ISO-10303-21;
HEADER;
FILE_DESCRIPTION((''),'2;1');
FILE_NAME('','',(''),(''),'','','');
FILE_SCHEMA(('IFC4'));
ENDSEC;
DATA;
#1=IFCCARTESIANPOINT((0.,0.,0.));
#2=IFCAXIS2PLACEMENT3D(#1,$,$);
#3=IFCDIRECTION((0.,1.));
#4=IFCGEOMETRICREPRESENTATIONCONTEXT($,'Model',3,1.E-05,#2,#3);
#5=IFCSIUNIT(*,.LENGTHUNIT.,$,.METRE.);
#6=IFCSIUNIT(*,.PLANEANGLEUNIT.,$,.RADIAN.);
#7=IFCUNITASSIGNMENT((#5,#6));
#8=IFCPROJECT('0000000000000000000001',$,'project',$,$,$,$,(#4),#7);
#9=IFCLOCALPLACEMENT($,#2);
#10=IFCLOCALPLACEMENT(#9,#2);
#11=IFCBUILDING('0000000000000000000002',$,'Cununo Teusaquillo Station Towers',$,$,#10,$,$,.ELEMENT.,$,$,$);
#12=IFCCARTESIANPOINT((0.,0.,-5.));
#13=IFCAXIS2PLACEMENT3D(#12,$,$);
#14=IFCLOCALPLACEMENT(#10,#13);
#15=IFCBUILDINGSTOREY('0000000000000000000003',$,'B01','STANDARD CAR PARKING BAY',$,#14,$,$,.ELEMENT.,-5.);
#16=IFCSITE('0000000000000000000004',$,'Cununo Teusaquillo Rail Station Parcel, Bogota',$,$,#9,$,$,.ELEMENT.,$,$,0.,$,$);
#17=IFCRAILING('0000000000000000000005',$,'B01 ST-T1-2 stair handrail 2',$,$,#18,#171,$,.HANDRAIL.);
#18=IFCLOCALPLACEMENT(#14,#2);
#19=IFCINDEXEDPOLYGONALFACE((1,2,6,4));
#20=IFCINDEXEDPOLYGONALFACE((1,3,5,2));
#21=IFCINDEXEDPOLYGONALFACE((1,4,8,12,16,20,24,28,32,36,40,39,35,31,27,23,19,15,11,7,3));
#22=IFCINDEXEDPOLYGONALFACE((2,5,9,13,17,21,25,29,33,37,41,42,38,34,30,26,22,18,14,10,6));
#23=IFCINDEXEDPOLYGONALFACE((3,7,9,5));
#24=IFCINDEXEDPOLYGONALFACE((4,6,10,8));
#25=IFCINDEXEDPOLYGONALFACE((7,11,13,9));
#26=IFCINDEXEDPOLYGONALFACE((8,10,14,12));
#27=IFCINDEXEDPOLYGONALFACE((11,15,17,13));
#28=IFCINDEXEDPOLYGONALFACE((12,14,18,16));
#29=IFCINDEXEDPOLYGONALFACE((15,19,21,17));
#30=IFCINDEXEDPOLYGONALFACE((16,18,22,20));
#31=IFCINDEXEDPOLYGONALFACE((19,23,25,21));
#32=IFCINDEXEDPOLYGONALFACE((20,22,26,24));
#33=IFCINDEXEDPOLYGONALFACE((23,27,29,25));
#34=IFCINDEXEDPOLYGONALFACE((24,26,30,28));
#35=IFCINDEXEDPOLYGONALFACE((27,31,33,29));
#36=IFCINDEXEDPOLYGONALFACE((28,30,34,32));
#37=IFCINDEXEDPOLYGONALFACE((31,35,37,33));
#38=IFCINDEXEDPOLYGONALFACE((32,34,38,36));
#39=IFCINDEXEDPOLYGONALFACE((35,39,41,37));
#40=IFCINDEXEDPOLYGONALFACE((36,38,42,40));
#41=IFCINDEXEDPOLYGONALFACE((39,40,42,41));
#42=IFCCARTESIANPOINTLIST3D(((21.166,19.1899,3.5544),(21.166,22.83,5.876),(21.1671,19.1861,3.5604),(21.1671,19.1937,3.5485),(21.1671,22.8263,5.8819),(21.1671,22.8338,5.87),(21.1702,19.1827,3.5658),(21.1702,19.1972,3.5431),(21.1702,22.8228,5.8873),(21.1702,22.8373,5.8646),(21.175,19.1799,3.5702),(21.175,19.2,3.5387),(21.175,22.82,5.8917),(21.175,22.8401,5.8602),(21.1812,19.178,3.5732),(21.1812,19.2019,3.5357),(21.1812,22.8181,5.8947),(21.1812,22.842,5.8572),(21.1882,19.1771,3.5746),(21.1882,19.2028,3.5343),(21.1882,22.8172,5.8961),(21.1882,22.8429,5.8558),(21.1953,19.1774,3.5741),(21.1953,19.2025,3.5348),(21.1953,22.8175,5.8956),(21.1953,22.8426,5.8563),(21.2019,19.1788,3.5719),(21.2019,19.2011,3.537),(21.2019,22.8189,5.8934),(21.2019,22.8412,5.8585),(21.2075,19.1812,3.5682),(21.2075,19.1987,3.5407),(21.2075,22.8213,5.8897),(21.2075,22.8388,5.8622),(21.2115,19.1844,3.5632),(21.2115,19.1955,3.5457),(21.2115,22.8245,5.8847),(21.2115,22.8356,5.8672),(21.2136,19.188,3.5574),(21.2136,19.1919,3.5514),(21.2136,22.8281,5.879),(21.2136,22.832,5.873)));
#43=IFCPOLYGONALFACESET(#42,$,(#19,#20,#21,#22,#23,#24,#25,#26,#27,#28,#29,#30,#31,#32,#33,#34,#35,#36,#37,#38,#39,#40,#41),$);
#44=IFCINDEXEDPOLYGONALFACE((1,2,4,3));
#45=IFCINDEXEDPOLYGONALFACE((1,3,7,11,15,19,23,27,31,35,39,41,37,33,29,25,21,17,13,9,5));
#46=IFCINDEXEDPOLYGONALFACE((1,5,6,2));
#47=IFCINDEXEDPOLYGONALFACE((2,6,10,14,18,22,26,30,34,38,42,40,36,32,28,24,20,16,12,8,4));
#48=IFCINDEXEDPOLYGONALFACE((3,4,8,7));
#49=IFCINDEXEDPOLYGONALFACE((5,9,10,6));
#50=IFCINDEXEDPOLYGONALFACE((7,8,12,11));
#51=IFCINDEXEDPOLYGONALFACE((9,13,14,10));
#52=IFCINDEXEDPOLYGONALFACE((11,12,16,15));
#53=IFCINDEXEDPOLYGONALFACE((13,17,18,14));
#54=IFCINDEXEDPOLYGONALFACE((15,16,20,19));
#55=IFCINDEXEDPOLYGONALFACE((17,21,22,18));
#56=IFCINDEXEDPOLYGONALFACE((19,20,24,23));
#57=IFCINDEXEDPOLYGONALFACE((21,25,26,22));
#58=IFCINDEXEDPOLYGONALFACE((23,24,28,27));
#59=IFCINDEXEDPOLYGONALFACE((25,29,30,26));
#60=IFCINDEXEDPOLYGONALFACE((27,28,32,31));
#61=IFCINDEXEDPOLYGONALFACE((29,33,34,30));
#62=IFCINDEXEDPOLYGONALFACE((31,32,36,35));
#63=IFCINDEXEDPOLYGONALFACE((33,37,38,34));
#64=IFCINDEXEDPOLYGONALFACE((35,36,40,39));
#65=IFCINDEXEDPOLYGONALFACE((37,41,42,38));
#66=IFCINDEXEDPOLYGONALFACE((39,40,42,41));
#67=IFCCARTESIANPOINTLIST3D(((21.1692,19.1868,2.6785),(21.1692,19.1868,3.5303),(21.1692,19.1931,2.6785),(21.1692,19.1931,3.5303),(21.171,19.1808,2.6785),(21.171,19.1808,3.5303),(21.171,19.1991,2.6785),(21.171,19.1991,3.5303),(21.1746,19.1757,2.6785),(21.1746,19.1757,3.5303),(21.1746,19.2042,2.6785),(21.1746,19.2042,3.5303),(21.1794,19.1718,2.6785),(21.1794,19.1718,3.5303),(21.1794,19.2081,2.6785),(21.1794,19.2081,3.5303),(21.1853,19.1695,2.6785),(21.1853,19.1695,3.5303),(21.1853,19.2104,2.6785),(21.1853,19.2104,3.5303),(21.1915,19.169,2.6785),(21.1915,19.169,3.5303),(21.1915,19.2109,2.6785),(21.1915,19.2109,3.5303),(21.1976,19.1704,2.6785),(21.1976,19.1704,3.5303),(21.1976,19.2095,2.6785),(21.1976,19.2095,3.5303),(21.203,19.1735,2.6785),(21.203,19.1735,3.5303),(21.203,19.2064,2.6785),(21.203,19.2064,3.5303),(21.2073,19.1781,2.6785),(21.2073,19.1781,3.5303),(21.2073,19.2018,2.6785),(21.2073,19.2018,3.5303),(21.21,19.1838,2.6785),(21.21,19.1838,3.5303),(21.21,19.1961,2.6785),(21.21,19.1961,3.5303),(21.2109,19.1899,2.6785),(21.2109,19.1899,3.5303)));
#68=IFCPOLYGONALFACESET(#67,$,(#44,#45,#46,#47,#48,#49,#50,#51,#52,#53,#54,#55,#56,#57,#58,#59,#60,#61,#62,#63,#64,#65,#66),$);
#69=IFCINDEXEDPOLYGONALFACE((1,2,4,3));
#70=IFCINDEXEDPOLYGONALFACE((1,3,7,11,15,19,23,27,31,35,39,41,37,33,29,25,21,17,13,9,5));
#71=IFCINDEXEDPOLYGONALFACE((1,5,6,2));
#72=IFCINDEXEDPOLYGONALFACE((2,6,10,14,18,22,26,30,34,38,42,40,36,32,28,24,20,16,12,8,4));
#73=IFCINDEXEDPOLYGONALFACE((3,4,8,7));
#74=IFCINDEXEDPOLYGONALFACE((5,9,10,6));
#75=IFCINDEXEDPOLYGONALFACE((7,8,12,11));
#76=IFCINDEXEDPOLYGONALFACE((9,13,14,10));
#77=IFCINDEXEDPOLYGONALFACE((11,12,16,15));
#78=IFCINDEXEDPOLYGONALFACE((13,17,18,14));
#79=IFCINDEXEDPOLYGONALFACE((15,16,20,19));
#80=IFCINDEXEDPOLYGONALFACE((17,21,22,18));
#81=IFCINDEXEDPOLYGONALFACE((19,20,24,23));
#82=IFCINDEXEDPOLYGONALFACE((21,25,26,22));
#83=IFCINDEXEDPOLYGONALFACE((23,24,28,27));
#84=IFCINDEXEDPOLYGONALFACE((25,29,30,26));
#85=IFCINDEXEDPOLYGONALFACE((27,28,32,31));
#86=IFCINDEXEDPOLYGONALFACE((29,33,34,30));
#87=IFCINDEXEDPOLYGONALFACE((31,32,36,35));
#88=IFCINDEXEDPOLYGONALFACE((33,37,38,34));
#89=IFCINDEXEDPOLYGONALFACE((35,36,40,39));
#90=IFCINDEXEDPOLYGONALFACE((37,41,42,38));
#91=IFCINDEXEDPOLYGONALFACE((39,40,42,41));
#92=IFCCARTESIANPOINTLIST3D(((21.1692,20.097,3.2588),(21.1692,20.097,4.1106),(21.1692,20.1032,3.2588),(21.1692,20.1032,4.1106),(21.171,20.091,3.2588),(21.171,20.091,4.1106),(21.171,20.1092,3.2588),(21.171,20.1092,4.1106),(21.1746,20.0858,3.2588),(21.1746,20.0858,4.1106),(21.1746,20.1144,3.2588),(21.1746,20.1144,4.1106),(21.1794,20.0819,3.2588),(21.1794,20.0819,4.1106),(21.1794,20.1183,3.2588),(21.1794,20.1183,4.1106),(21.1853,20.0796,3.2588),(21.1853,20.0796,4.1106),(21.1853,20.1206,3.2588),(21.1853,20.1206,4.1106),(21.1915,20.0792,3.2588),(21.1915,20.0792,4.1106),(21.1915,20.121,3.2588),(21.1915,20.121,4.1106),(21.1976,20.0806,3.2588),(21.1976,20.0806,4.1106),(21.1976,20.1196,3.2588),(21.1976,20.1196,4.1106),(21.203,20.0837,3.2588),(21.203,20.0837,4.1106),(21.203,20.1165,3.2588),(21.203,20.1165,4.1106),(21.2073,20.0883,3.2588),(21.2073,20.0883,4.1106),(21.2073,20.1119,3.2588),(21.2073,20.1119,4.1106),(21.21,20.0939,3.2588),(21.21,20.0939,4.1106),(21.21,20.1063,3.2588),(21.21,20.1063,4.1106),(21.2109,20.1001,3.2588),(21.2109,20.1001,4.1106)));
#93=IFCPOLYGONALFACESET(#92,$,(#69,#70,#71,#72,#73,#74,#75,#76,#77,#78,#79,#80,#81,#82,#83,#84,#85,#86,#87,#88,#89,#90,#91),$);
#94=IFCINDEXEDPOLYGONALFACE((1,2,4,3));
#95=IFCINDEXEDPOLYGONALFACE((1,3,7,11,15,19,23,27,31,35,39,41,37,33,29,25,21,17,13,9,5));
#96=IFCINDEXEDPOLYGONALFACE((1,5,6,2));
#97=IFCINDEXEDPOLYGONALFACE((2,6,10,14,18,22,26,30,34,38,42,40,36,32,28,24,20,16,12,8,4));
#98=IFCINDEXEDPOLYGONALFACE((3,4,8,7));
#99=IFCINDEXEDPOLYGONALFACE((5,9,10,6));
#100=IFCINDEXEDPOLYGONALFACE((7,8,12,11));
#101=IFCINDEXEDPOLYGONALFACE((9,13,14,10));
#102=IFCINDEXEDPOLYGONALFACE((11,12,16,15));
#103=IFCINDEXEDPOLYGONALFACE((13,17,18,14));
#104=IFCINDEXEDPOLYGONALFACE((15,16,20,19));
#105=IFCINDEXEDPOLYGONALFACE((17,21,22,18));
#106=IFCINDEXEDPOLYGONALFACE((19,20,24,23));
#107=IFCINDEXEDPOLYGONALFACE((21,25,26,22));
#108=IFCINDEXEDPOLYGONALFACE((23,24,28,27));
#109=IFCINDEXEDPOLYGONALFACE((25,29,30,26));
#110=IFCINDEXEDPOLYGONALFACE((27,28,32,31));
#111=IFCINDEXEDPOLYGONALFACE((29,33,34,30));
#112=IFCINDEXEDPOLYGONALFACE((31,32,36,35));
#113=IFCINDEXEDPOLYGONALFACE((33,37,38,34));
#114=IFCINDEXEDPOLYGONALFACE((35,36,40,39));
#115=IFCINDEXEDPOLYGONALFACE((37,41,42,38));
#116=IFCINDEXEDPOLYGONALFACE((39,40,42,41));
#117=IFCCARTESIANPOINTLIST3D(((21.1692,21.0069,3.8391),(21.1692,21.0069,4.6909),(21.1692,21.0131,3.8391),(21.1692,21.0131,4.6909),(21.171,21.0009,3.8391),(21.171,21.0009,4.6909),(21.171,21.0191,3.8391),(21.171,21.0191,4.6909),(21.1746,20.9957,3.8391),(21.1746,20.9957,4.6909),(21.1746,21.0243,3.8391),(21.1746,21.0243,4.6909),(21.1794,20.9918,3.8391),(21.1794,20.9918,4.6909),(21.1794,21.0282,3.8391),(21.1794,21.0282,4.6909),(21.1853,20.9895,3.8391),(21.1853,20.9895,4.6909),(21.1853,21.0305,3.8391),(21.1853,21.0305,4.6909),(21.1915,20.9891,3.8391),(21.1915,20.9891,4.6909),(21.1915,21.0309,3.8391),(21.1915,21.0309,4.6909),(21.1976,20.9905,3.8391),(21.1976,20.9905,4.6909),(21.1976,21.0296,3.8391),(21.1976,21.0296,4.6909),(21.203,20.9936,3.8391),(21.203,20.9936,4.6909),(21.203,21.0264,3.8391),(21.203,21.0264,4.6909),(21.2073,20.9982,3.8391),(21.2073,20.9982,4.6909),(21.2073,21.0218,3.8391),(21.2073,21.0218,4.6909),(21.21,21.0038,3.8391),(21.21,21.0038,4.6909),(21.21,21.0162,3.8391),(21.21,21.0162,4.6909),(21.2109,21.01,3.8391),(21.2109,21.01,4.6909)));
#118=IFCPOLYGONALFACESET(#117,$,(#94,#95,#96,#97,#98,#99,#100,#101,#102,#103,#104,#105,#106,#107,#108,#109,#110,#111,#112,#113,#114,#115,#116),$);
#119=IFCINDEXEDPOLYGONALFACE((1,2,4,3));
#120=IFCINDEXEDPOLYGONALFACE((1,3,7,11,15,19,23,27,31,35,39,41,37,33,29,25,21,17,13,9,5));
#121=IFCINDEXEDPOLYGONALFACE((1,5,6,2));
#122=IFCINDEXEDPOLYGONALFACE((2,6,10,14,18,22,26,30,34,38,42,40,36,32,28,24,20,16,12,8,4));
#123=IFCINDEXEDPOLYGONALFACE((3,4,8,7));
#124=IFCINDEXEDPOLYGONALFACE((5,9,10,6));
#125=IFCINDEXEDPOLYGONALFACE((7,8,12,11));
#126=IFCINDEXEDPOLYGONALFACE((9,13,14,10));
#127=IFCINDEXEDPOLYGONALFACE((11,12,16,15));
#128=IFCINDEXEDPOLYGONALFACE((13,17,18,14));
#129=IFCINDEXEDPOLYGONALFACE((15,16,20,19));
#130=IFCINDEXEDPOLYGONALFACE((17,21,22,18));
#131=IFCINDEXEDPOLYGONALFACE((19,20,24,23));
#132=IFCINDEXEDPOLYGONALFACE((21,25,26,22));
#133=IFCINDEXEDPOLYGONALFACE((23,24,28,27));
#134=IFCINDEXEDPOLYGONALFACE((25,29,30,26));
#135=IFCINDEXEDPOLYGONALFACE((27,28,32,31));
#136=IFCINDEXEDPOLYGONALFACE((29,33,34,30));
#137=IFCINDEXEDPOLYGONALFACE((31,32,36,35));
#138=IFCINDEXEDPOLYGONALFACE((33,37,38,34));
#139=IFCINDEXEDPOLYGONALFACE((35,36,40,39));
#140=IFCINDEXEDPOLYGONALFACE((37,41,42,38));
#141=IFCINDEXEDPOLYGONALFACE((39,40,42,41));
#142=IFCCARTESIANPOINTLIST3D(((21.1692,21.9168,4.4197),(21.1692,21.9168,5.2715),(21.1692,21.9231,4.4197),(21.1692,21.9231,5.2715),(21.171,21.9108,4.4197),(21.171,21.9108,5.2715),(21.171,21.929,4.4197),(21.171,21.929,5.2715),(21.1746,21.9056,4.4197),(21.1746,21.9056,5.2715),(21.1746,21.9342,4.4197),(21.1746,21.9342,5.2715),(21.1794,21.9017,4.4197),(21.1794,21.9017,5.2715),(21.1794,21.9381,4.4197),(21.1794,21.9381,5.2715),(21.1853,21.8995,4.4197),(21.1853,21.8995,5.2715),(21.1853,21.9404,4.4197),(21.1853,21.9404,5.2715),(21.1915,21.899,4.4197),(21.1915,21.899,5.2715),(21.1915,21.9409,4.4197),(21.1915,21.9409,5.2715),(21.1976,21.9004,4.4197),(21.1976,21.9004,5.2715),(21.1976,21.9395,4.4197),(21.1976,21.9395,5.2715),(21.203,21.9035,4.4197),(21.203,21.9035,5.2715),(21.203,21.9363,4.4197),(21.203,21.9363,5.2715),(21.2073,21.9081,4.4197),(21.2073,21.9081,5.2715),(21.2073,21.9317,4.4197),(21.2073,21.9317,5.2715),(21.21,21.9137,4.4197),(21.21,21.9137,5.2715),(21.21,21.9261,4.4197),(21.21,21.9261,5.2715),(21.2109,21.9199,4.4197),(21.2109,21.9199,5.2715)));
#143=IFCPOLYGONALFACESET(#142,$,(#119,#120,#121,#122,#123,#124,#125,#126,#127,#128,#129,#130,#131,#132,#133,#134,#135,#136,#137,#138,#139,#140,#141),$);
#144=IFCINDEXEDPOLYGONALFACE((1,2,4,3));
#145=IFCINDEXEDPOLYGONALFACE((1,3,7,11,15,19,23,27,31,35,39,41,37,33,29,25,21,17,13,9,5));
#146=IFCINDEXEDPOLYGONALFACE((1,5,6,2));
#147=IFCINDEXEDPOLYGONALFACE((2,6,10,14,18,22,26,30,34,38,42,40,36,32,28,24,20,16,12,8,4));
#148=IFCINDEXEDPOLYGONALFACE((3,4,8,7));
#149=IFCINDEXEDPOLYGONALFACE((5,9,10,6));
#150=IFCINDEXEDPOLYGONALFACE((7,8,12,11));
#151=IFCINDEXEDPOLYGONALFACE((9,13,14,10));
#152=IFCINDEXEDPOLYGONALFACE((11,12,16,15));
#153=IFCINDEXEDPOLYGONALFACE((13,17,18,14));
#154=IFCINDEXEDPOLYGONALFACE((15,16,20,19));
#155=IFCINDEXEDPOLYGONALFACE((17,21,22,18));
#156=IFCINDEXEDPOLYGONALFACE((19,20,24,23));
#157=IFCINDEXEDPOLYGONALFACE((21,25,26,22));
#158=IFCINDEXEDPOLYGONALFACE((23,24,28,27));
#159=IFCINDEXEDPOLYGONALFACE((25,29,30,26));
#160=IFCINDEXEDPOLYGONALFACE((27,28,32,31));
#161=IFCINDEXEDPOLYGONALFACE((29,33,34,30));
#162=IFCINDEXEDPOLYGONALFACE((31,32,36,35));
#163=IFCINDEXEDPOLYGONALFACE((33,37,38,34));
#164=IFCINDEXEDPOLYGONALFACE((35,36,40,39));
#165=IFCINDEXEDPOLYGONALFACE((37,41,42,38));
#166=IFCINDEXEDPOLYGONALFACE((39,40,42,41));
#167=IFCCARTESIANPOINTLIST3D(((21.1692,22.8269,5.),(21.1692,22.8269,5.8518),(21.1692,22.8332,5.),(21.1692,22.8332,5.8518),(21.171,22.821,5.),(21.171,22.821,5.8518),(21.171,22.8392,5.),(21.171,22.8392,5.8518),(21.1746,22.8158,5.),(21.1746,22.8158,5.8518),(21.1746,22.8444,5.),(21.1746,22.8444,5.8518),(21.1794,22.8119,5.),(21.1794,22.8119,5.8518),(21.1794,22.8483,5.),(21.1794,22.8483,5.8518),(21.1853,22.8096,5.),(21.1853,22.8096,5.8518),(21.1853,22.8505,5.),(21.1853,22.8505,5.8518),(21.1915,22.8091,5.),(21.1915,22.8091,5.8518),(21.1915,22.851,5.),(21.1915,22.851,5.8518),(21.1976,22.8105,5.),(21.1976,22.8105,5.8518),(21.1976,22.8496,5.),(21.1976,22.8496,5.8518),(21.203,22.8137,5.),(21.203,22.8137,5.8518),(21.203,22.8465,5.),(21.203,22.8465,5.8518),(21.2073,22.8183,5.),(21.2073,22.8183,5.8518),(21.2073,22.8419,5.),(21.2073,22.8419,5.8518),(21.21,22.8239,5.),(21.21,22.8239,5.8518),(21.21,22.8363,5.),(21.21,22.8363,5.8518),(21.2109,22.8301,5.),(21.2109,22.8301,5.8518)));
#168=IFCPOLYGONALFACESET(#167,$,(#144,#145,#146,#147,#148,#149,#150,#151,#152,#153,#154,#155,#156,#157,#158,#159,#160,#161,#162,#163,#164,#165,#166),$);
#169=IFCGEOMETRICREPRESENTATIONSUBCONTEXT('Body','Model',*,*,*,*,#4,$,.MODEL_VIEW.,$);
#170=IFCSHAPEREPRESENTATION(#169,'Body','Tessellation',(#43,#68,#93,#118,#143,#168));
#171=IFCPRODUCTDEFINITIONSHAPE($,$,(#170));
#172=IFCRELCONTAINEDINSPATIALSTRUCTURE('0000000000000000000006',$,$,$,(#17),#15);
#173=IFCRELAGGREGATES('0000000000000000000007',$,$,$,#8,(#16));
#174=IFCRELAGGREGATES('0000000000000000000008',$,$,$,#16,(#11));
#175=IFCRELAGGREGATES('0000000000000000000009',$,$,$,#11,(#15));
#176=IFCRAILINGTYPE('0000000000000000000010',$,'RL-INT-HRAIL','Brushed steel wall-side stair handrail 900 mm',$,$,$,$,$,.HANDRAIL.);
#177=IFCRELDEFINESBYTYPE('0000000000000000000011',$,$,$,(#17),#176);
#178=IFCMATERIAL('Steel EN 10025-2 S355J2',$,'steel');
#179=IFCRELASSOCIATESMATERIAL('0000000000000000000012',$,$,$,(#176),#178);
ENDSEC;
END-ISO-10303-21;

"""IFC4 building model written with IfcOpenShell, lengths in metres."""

from ifc_helpers import new_model, si_unit, direction, frame, origin, origin_2d, place, context, subcontext, project, spatial, circle, extrude, material, type_object, element, save


model = new_model("IFC4")

# Units and contexts
model_context = context("Model", 3, precision=1e-05, world=origin(), true_north=direction((0.0, 1.0)))
body_context = subcontext(model_context, "Body", "Model", "MODEL_VIEW")
ifc_project = project(units=[si_unit("LENGTHUNIT", "METRE"), si_unit("PLANEANGLEUNIT", "RADIAN")], contexts=[model_context])

# Site, building, storey
site_placement = place(None, origin())
site = spatial("IfcSite", under=ifc_project, at=site_placement, Name="Cununo Teusaquillo Rail Station Parcel, Bogota", CompositionType="ELEMENT", RefElevation=0.0)
building_placement = place(site_placement, origin())
building = spatial("IfcBuilding", under=site, at=building_placement, Name="Cununo Teusaquillo Station Towers", CompositionType="ELEMENT")
storey_placement = place(building_placement, frame((0.0, 0.0, -5.0)))
storey = spatial("IfcBuildingStorey", under=building, at=storey_placement, Name="B01", Description="STANDARD CAR PARKING BAY", CompositionType="ELEMENT", Elevation=-5.0)

# Railing
ifc_material_1 = material(Name="Steel EN 10025-2 S355J2", Category="steel")
railing_type_1 = type_object("IfcRailingType", Name="RL-INT-HRAIL", Description="Brushed steel wall-side stair handrail 900 mm", PredefinedType="HANDRAIL", material=ifc_material_1)
railing_1_placement = place(storey_placement, frame((21.1899, 19.1899, 2.6785)))
element("IfcRailing", 1, at=railing_1_placement, inside=storey, type_object=railing_type_1, Name="B01 ST-T1-2 stair handrail 2", PredefinedType="HANDRAIL", context=body_context, shape_type="SweptSolid", body=[
    extrude(circle(Radius=0.0239, at=origin_2d()), frame((0.0, 0.0, 0.876), z_axis=(0.0, 0.843128, 0.537713), x_axis=(-1.0, 0.0, 0.0)), (0.0, 0.0, 1.0), 4.3174),
    extrude(circle(Radius=0.021, at=origin_2d()), origin(), (0.0, 0.0, 1.0), 0.8518),
    extrude(circle(Radius=0.021, at=origin_2d()), frame((0.0, 0.9102, 0.5803)), (0.0, 0.0, 1.0), 0.8518),
    extrude(circle(Radius=0.021, at=origin_2d()), frame((0.0, 1.8201, 1.1606)), (0.0, 0.0, 1.0), 0.8518),
    extrude(circle(Radius=0.021, at=origin_2d()), frame((0.0, 2.73, 1.7412)), (0.0, 0.0, 1.0), 0.8518),
    extrude(circle(Radius=0.021, at=origin_2d()), frame((0.0, 3.6401, 2.3215)), (0.0, 0.0, 1.0), 0.8518),
])

save(model, "model.ifc")
